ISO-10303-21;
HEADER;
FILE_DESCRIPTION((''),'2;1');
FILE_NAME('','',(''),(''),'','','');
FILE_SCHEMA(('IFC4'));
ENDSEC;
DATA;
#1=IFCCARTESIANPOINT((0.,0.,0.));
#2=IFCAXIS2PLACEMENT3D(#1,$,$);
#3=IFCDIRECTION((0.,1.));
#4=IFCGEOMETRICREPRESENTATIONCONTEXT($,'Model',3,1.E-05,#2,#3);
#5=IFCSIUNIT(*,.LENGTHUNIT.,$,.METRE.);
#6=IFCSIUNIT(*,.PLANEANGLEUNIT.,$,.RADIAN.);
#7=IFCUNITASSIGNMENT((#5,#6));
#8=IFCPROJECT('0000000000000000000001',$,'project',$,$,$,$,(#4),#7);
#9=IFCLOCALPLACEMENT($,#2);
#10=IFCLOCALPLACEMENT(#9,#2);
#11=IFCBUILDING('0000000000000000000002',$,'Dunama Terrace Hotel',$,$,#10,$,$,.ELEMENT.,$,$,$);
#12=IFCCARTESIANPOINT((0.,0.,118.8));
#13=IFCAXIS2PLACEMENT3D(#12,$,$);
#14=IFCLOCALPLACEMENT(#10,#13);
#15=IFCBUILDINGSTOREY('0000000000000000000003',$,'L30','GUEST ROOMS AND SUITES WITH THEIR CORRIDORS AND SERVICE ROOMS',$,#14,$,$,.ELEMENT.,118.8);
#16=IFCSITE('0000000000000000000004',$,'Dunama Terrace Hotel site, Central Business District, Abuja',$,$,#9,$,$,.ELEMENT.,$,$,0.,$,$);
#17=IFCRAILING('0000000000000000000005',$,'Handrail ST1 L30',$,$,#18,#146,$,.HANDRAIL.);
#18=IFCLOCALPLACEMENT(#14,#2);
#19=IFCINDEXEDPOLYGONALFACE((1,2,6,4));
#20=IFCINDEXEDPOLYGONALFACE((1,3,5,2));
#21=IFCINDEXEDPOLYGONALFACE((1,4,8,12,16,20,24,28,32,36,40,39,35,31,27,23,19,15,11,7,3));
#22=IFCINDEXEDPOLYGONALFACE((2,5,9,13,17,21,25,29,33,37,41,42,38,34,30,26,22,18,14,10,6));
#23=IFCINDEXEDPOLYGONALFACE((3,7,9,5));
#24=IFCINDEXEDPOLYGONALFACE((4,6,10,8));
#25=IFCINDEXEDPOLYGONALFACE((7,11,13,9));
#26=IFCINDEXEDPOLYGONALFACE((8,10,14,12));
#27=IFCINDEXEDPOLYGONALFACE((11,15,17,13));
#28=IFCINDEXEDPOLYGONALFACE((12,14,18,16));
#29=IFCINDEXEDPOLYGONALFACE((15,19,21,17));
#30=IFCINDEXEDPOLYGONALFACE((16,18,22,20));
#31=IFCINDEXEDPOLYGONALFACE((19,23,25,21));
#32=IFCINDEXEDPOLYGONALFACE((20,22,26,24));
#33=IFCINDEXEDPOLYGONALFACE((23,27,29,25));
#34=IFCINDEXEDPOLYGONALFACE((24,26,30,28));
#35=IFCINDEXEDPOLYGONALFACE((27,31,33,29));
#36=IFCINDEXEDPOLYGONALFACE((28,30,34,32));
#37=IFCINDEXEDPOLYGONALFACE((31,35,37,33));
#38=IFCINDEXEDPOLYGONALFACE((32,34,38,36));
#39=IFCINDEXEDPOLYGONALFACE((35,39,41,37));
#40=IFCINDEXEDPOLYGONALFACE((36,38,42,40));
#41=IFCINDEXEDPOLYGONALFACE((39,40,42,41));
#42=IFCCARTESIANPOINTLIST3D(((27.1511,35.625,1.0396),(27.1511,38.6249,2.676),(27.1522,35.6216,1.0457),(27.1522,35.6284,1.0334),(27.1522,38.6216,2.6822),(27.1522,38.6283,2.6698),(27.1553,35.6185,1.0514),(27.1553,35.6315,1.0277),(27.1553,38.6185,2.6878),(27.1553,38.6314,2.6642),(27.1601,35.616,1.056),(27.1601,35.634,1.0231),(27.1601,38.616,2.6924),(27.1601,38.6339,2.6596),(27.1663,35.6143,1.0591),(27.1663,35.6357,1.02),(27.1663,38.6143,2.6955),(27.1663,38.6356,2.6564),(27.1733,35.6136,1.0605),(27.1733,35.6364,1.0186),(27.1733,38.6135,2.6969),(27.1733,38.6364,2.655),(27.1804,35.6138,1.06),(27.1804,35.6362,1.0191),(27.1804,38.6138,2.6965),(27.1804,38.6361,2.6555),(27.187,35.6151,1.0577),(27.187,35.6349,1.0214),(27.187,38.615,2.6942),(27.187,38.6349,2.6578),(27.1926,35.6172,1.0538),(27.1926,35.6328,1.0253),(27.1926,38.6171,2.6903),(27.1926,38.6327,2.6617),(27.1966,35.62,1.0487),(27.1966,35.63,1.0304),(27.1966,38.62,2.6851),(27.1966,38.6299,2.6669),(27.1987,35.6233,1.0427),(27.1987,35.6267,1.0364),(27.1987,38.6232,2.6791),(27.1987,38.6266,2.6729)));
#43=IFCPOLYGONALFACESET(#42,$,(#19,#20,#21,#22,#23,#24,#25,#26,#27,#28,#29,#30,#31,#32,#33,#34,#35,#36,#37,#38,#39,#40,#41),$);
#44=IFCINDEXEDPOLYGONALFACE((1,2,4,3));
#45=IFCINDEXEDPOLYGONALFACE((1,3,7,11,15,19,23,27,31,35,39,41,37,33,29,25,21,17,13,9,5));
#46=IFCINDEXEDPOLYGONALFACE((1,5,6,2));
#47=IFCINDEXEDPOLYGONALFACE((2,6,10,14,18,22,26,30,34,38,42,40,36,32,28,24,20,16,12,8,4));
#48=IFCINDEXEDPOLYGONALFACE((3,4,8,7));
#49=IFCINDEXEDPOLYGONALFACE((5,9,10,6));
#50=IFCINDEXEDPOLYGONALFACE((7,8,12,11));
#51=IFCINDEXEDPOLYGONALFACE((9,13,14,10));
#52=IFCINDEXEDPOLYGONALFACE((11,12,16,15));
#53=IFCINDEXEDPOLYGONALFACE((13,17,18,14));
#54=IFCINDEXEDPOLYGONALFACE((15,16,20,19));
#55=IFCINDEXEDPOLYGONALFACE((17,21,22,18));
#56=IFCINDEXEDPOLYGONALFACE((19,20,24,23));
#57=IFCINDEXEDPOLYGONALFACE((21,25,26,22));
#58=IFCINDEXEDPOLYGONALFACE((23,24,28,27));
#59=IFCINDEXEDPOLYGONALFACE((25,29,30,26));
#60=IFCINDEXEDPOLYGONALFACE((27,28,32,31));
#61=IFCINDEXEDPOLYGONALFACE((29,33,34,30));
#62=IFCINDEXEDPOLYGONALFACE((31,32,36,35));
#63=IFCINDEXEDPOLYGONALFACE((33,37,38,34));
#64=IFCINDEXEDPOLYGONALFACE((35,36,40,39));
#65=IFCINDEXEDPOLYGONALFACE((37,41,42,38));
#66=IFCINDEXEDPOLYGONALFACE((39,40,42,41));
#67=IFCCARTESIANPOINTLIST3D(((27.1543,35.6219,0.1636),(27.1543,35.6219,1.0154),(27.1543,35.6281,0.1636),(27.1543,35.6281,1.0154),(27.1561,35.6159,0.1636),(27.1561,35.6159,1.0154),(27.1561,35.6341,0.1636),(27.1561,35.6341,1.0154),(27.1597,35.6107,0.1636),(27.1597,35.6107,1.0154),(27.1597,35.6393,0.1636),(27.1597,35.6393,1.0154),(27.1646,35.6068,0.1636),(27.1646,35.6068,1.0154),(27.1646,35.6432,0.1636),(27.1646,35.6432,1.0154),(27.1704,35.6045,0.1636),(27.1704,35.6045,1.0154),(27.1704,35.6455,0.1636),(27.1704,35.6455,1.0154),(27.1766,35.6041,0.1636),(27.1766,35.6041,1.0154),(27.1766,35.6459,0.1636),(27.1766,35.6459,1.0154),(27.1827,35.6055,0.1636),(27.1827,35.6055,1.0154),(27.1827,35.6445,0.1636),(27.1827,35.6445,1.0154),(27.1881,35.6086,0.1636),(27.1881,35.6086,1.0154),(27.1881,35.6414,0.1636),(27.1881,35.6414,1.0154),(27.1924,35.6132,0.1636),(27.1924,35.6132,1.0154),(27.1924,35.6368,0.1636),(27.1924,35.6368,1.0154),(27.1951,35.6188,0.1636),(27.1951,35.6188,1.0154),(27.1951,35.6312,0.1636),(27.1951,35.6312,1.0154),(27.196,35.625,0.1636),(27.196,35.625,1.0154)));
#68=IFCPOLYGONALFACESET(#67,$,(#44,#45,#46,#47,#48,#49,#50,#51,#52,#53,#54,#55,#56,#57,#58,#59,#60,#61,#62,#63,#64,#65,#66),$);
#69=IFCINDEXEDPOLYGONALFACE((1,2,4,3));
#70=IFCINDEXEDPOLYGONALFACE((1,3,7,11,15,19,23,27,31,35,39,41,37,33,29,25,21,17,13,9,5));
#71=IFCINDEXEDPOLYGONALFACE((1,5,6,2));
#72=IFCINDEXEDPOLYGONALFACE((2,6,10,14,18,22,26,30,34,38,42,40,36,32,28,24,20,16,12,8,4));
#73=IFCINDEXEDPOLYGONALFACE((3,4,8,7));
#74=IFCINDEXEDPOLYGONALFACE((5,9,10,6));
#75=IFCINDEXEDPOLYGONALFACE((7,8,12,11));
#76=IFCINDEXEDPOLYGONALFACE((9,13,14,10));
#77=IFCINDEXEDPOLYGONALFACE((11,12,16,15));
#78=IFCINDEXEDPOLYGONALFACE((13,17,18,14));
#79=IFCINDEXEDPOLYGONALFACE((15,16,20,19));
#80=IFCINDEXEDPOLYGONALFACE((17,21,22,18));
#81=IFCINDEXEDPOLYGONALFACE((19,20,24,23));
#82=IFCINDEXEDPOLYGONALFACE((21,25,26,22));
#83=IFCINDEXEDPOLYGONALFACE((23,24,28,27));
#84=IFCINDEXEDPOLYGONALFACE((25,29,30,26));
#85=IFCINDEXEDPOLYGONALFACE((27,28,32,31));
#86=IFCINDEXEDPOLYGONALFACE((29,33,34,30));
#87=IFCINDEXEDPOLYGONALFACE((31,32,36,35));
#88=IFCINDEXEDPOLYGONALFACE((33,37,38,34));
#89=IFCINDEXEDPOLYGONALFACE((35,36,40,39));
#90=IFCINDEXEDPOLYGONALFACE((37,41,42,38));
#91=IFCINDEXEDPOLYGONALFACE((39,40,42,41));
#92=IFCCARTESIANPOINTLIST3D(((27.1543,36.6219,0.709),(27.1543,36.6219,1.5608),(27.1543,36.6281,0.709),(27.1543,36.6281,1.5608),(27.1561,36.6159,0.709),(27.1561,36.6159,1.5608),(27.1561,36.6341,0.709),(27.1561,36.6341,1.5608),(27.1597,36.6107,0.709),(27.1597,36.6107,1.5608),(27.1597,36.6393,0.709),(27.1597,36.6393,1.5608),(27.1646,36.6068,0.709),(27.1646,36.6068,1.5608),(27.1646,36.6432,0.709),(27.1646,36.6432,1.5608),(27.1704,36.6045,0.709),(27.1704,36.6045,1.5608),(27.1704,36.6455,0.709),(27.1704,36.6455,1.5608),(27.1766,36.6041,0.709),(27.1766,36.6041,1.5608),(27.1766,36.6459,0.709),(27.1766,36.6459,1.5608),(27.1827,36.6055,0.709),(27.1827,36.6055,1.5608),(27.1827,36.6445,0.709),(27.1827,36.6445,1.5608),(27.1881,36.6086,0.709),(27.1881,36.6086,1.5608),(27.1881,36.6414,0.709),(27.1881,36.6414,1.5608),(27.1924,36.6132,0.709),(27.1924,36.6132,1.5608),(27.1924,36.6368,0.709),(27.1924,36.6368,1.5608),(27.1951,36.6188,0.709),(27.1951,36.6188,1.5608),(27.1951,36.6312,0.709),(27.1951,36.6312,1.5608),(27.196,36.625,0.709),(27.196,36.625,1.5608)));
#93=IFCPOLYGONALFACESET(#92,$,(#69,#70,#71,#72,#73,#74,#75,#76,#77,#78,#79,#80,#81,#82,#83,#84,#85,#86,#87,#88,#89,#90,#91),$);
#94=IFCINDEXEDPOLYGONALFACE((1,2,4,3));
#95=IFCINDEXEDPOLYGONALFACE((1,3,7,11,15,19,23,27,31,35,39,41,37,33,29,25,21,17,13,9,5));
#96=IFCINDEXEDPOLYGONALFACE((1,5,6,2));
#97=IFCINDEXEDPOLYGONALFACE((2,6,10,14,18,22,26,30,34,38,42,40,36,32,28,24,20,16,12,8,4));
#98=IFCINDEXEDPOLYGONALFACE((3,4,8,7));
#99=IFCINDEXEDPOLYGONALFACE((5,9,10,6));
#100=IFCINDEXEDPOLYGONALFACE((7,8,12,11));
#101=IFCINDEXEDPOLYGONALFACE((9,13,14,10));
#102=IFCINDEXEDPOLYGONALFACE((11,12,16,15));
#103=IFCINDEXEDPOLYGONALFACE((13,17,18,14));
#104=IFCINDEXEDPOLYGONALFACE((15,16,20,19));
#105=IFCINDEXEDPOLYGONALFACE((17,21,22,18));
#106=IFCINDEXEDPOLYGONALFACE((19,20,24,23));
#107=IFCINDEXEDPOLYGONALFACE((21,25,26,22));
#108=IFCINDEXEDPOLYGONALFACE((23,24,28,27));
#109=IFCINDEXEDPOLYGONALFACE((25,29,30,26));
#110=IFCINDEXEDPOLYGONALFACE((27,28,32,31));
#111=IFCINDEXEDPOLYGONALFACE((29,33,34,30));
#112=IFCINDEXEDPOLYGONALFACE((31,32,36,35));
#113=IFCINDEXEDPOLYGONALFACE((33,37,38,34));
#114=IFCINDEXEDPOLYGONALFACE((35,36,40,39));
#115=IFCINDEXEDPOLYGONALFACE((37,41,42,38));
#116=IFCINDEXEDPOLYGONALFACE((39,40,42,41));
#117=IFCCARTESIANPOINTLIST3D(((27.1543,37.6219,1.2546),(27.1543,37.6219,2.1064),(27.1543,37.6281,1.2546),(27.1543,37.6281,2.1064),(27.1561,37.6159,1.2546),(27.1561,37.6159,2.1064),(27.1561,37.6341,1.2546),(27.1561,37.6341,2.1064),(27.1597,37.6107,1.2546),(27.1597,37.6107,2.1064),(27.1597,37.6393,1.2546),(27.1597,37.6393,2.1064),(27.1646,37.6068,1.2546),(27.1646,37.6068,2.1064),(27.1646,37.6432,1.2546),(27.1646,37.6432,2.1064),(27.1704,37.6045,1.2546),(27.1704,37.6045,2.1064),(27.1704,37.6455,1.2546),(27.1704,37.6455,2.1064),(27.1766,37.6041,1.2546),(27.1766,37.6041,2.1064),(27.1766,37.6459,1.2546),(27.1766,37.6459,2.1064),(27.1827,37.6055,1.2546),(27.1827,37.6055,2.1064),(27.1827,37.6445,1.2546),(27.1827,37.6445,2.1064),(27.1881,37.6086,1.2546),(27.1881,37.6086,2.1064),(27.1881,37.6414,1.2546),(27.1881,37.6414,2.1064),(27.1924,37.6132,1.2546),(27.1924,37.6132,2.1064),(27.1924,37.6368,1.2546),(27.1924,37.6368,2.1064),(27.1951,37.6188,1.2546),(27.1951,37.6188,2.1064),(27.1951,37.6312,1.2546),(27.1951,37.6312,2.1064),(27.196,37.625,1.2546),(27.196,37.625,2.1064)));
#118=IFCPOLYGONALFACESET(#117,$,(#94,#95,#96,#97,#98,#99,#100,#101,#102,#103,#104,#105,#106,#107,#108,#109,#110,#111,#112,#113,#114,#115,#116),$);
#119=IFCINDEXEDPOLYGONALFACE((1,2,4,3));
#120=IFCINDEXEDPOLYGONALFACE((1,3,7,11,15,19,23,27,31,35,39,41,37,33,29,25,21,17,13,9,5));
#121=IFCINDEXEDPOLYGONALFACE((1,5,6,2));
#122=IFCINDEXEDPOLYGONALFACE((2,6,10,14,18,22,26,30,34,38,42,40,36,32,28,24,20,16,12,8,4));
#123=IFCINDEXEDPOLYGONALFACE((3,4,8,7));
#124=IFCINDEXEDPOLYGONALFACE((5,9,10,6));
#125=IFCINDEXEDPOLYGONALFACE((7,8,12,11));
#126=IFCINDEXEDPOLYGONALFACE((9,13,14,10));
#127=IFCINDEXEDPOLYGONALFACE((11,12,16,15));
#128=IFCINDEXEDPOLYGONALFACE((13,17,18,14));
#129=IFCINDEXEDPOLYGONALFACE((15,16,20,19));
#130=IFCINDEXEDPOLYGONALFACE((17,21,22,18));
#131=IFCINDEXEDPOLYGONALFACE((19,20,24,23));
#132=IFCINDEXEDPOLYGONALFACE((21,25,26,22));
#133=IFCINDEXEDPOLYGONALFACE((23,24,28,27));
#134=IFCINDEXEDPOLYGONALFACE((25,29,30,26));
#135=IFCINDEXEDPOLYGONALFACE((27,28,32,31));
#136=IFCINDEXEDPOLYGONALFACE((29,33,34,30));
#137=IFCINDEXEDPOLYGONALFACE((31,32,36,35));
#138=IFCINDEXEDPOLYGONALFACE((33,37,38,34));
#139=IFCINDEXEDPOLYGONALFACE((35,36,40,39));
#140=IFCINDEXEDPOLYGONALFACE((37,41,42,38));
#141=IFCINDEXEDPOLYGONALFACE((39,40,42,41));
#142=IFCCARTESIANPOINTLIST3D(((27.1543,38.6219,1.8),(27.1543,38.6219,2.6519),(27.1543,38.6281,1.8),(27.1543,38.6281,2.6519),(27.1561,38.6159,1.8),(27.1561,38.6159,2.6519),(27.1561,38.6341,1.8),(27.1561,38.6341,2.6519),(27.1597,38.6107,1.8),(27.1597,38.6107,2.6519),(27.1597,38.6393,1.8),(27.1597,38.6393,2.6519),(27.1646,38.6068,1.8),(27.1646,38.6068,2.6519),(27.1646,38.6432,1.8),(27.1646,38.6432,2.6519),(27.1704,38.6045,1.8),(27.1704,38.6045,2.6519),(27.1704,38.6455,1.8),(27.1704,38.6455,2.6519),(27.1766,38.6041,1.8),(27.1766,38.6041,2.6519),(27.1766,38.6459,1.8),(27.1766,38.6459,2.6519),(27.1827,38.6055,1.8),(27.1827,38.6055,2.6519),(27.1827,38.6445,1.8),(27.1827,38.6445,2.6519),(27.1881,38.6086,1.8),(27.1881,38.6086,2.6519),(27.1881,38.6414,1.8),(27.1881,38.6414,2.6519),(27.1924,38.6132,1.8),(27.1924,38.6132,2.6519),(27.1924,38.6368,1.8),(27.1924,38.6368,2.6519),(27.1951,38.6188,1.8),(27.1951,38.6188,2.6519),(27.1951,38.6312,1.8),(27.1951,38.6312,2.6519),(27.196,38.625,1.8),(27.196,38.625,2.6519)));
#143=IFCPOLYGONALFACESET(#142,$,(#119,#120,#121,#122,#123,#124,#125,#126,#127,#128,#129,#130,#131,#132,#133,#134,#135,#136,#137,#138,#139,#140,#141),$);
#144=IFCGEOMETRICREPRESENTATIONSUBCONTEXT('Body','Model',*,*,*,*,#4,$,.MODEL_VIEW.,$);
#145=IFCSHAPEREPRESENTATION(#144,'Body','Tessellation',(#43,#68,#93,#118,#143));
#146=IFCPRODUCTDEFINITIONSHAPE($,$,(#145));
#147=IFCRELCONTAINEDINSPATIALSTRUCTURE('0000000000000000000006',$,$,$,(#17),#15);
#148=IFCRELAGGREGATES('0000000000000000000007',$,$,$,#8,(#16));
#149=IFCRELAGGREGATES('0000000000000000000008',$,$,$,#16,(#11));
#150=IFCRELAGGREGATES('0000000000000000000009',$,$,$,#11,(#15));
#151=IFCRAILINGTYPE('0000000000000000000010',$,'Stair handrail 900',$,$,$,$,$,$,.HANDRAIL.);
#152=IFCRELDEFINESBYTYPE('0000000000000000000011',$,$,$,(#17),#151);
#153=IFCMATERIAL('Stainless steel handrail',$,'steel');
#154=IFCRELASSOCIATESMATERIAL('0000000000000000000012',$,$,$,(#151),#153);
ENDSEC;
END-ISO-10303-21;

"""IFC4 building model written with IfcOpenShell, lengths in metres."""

from ifc_helpers import new_model, si_unit, direction, frame, origin, origin_2d, place, context, subcontext, project, spatial, circle, extrude, material, type_object, element, save


model = new_model("IFC4")

# Units and contexts
model_context = context("Model", 3, precision=1e-05, world=origin(), true_north=direction((0.0, 1.0)))
body_context = subcontext(model_context, "Body", "Model", "MODEL_VIEW")
ifc_project = project(units=[si_unit("LENGTHUNIT", "METRE"), si_unit("PLANEANGLEUNIT", "RADIAN")], contexts=[model_context])

# Site, building, storey
site_placement = place(None, origin())
site = spatial("IfcSite", under=ifc_project, at=site_placement, Name="Dunama Terrace Hotel site, Central Business District, Abuja", CompositionType="ELEMENT", RefElevation=0.0)
building_placement = place(site_placement, origin())
building = spatial("IfcBuilding", under=site, at=building_placement, Name="Dunama Terrace Hotel", CompositionType="ELEMENT")
storey_placement = place(building_placement, frame((0.0, 0.0, 118.8)))
storey = spatial("IfcBuildingStorey", under=building, at=storey_placement, Name="L30", Description="GUEST ROOMS AND SUITES WITH THEIR CORRIDORS AND SERVICE ROOMS", CompositionType="ELEMENT", Elevation=118.8)

# Railing
ifc_material_1 = material(Name="Stainless steel handrail", Category="steel")
railing_type = type_object("IfcRailingType", Name="Stair handrail 900", PredefinedType="HANDRAIL", material=ifc_material_1)
railing_1_placement = place(storey_placement, frame((27.175, 35.625, 0.1636)))
element("IfcRailing", 1, at=railing_1_placement, inside=storey, type_object=railing_type, Name="Handrail ST1 L30", PredefinedType="HANDRAIL", context=body_context, shape_type="SweptSolid", body=[
    extrude(circle(Radius=0.0239, at=origin_2d()), frame((0.0, 0.0, 0.876), z_axis=(0.0, 0.877882, 0.478877), x_axis=(-1.0, 0.0, 0.0)), (0.0, 0.0, 1.0), 3.4172),
    extrude(circle(Radius=0.021, at=origin_2d()), origin(), (0.0, 0.0, 1.0), 0.8518),
    extrude(circle(Radius=0.021, at=origin_2d()), frame((0.0, 1.0, 0.5454)), (0.0, 0.0, 1.0), 0.8518),
    extrude(circle(Radius=0.021, at=origin_2d()), frame((0.0, 2.0, 1.0911)), (0.0, 0.0, 1.0), 0.8518),
    extrude(circle(Radius=0.021, at=origin_2d()), frame((0.0, 3.0, 1.6365)), (0.0, 0.0, 1.0), 0.8518),
])

save(model, "model.ifc")
